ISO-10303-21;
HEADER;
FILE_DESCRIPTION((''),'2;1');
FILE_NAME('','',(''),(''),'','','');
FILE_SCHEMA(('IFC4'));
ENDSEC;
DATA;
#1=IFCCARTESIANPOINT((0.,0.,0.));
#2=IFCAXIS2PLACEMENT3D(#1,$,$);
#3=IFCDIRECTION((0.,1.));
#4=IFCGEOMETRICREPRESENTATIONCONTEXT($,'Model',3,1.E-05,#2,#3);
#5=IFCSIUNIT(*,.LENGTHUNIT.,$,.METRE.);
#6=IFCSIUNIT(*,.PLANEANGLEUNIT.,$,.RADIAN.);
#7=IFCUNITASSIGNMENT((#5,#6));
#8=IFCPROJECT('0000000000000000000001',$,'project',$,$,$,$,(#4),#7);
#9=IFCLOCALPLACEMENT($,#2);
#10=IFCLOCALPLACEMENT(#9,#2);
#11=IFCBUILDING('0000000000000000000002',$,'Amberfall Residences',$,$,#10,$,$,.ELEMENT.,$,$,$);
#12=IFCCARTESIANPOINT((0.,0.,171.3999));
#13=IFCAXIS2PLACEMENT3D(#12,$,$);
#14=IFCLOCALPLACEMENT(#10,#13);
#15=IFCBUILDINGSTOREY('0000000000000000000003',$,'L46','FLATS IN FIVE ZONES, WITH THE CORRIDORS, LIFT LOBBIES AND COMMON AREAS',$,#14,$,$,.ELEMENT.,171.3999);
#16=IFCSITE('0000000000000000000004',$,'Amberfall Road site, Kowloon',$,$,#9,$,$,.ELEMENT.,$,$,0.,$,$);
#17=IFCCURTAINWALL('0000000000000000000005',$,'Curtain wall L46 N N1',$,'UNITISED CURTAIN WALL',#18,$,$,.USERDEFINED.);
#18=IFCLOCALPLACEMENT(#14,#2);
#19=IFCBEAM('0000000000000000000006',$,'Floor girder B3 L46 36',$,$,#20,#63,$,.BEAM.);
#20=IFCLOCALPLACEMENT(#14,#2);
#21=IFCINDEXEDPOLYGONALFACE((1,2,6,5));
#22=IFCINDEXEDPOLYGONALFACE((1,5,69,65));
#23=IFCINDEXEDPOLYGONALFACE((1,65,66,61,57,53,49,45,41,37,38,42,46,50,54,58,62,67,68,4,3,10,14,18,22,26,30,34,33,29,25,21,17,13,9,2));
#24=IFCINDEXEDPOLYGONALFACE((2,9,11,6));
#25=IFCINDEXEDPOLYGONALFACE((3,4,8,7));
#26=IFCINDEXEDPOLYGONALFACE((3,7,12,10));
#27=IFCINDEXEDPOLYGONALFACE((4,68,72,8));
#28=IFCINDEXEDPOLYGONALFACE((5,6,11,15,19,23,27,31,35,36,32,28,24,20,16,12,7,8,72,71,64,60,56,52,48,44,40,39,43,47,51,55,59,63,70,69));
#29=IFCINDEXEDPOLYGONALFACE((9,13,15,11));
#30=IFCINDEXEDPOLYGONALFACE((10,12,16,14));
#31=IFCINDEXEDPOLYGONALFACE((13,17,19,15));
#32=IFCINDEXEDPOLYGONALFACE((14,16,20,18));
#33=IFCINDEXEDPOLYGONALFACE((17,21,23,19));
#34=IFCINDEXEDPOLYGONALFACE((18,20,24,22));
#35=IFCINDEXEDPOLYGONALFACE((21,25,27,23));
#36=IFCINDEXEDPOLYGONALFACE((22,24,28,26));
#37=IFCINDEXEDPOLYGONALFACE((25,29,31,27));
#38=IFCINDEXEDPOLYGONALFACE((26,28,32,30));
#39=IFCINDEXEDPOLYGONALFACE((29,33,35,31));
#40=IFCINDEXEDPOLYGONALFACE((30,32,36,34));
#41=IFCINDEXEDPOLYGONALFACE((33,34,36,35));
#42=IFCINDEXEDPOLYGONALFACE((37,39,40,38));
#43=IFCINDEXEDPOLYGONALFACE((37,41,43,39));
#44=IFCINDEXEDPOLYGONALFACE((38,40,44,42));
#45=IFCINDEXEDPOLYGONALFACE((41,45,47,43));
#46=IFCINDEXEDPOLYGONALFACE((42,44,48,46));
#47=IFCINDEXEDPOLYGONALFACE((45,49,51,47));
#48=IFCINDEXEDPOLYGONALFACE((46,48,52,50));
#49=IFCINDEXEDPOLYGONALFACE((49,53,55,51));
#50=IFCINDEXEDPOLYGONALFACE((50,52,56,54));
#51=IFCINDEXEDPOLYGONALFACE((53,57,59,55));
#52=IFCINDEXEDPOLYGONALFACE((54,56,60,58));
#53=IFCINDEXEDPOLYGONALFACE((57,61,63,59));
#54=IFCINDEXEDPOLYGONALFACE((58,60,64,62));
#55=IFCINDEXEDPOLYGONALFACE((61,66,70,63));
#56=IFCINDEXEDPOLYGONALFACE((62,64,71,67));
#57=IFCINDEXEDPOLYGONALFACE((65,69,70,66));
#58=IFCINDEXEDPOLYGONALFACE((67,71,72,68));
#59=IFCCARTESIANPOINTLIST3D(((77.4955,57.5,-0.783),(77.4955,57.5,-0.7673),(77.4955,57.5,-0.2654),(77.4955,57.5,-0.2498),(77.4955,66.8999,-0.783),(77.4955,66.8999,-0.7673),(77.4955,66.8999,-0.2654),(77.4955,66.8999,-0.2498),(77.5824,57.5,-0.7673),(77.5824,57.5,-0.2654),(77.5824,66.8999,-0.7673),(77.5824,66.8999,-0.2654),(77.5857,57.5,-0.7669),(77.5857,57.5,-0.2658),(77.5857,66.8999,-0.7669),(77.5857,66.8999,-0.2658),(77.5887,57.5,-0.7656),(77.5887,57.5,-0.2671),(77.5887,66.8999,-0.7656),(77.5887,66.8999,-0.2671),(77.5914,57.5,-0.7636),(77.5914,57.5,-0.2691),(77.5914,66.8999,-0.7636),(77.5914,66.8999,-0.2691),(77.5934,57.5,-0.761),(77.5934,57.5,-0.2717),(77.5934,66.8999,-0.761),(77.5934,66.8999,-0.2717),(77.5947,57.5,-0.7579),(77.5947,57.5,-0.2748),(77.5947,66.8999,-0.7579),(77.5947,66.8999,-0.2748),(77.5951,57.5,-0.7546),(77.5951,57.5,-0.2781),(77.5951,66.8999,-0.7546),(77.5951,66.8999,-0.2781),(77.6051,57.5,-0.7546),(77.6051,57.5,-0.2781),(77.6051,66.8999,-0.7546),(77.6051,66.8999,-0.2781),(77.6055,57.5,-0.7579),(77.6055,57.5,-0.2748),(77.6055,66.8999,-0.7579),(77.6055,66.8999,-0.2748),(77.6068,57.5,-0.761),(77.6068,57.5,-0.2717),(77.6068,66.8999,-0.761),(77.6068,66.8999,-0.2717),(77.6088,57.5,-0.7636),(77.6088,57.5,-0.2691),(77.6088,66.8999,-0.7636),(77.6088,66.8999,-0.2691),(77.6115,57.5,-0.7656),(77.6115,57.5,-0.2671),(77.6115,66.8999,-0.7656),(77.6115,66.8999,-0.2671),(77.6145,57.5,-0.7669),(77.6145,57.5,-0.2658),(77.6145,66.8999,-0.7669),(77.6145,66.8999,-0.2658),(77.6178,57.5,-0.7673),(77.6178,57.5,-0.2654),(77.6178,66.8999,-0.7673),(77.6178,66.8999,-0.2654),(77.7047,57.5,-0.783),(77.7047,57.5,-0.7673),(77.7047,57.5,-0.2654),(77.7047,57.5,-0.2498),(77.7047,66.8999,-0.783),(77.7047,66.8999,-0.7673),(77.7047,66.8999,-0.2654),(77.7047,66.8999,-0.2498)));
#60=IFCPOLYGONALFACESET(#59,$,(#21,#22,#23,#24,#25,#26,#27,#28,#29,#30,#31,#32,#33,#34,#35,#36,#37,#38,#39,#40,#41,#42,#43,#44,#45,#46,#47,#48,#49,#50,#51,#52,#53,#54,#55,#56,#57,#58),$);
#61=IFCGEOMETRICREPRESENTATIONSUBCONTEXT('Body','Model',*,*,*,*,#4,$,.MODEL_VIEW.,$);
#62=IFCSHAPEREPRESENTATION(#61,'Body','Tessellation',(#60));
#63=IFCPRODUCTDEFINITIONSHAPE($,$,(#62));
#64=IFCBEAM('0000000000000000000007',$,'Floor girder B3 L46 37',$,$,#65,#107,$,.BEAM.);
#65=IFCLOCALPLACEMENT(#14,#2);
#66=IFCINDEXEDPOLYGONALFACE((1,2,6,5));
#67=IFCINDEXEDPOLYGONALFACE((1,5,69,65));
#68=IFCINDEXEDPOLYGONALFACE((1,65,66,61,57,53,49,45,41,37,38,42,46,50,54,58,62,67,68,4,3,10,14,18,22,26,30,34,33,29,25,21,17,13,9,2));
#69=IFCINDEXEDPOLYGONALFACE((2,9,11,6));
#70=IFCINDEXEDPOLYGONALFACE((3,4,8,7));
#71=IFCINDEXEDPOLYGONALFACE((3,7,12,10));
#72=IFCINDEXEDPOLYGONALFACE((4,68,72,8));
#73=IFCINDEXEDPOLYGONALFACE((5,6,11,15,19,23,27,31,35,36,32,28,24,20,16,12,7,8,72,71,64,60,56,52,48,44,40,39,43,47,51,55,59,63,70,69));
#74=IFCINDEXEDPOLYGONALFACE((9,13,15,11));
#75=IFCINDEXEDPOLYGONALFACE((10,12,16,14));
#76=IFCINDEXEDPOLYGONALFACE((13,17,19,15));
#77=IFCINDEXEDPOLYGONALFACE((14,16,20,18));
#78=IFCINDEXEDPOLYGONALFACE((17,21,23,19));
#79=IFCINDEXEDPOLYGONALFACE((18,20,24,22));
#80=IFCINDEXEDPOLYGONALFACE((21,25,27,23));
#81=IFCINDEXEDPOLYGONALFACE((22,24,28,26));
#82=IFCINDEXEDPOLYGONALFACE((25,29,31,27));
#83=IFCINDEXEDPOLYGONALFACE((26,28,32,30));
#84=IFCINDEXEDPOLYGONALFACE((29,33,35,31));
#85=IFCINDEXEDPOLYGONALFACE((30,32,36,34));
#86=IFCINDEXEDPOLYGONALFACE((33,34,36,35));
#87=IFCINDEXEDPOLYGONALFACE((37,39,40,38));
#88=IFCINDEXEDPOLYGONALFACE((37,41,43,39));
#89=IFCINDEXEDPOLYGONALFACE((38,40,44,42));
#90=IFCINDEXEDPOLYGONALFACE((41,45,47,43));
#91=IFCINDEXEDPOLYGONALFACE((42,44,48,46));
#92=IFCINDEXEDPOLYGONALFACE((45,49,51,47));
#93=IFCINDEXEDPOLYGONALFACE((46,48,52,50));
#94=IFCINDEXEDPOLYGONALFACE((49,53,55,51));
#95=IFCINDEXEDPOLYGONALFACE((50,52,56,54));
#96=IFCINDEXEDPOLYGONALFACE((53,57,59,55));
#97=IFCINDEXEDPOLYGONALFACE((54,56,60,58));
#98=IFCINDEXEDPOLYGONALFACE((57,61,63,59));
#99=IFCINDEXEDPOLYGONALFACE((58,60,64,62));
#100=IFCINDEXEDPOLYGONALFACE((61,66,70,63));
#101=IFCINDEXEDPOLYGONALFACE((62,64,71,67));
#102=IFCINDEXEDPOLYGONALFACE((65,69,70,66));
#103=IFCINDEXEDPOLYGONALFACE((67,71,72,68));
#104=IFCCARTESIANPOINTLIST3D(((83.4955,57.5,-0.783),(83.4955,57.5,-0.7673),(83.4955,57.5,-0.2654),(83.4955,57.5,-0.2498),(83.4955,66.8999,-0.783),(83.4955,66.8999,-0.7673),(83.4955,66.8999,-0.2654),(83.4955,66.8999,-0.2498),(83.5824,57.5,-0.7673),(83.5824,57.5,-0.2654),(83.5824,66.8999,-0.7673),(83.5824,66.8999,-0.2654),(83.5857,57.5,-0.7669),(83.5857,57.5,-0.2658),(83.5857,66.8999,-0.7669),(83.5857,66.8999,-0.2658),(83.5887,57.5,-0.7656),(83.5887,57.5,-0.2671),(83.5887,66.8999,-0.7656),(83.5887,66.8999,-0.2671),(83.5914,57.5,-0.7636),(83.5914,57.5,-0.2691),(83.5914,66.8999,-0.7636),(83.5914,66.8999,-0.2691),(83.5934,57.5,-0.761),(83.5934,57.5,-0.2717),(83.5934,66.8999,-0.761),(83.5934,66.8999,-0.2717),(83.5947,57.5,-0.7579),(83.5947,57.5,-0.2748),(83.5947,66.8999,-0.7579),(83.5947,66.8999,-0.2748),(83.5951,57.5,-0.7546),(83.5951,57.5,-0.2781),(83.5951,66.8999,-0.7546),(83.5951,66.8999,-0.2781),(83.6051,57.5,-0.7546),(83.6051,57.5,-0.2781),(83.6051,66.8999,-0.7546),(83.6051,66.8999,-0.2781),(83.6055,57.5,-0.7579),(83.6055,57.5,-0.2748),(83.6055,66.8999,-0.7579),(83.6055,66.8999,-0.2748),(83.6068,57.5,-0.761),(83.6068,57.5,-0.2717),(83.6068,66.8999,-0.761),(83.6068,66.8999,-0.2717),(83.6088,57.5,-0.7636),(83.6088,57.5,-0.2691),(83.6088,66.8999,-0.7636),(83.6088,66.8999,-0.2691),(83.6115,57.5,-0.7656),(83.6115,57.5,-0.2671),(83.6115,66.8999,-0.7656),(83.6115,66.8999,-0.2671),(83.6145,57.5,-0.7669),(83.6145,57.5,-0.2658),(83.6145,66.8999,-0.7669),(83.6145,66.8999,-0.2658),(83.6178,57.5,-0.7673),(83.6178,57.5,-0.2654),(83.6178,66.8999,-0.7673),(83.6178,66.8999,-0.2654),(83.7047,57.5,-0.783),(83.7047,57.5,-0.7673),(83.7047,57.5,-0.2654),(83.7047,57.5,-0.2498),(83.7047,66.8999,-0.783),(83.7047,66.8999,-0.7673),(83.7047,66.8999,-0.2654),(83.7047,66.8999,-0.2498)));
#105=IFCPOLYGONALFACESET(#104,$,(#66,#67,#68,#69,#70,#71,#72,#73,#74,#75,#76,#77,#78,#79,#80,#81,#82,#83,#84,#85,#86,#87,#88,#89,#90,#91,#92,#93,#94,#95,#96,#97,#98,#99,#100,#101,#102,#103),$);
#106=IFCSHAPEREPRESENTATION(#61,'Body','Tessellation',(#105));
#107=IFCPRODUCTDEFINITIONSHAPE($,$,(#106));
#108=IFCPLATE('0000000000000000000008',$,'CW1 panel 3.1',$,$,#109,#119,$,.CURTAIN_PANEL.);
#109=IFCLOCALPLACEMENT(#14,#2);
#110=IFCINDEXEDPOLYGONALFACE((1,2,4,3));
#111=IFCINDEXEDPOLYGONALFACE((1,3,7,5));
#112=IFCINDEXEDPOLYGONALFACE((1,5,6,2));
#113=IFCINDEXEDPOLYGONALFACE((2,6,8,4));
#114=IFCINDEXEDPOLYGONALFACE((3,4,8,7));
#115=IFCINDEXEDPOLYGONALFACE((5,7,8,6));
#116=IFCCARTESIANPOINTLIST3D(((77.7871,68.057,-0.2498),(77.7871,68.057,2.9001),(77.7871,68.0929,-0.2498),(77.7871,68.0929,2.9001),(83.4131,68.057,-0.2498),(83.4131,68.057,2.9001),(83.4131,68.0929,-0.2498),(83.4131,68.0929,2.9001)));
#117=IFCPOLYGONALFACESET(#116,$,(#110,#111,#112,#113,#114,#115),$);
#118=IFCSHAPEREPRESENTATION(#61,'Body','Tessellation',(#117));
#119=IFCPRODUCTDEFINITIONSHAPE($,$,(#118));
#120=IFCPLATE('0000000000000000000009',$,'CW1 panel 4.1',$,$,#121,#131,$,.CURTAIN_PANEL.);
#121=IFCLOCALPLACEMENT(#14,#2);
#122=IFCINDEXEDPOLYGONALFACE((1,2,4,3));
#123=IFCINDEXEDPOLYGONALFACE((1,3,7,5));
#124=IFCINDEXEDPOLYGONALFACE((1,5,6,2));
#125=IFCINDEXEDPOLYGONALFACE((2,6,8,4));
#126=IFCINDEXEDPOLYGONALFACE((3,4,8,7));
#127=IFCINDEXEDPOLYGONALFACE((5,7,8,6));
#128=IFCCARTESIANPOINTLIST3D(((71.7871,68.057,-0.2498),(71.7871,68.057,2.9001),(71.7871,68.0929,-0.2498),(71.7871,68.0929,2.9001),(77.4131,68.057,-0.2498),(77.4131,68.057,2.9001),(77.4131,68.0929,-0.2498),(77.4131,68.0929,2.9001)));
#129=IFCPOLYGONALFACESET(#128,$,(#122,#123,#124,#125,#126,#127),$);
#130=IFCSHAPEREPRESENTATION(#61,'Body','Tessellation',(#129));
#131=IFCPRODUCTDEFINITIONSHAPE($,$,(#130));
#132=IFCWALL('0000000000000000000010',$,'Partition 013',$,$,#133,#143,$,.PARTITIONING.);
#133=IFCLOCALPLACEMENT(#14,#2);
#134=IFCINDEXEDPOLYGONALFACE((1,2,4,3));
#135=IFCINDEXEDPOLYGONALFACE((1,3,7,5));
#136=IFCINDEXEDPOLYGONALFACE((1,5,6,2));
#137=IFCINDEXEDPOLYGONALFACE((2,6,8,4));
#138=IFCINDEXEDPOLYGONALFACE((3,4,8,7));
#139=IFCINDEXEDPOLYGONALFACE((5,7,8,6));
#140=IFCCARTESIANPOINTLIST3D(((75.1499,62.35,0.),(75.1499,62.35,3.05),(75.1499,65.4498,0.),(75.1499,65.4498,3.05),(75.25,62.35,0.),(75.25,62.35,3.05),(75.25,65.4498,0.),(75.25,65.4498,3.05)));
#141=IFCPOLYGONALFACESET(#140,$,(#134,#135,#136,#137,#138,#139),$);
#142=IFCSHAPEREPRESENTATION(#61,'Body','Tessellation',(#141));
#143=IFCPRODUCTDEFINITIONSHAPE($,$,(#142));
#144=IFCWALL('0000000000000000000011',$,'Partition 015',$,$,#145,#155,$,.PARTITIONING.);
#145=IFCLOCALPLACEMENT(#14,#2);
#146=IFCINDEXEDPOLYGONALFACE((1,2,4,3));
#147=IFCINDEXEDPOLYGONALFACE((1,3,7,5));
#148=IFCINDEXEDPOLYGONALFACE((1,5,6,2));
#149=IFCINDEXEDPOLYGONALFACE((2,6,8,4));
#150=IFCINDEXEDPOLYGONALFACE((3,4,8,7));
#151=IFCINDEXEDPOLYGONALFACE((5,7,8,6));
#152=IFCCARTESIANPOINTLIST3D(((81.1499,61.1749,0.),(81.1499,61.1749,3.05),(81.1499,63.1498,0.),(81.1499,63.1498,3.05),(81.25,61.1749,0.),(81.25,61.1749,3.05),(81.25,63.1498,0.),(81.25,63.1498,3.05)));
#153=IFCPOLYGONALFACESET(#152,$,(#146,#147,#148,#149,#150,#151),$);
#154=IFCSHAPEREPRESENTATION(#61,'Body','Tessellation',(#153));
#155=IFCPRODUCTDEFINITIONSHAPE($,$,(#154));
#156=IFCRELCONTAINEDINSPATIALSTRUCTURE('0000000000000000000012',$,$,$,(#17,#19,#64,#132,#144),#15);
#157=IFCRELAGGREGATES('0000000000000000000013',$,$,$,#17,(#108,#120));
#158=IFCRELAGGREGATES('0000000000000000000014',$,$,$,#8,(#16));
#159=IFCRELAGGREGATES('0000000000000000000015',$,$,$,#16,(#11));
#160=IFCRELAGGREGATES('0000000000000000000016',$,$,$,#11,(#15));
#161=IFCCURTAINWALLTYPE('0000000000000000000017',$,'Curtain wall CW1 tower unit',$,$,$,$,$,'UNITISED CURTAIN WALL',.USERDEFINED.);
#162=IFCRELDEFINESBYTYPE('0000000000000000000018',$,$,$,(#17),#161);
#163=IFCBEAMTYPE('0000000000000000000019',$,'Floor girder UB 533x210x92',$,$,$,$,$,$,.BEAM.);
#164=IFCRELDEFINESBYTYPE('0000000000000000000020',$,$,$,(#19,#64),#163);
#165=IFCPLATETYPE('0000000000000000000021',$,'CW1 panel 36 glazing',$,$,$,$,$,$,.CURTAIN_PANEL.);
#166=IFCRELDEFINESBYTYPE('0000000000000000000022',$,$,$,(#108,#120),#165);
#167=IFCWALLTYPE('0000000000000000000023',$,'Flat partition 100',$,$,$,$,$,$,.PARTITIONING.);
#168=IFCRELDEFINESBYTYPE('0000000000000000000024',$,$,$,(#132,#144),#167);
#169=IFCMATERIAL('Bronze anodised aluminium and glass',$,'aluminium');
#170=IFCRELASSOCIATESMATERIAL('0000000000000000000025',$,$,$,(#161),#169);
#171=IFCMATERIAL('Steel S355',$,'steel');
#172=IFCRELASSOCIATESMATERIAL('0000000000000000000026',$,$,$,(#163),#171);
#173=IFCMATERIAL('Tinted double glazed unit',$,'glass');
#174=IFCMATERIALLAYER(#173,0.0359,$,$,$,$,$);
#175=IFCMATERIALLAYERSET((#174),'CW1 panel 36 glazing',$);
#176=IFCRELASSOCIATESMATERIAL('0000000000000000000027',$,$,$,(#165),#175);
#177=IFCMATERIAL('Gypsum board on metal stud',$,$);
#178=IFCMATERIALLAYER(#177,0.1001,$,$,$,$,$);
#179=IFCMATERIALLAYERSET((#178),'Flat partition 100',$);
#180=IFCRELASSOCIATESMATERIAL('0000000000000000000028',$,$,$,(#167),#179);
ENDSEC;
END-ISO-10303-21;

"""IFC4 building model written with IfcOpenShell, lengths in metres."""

from ifc_helpers import new_model, si_unit, direction, frame, frame_2d, origin, origin_2d, place, context, subcontext, project, spatial, rectangle, i_section, extrude, material, layer, layer_set, material_profile, profile_set, type_object, element, aggregate, save


model = new_model("IFC4")

# Units and contexts
model_context = context("Model", 3, precision=1e-05, world=origin(), true_north=direction((0.0, 1.0)))
body_context = subcontext(model_context, "Body", "Model", "MODEL_VIEW")
ifc_project = project(units=[si_unit("LENGTHUNIT", "METRE"), si_unit("PLANEANGLEUNIT", "RADIAN")], contexts=[model_context])

# Site, building, storey
site_placement = place(None, origin())
site = spatial("IfcSite", under=ifc_project, at=site_placement, Name="Amberfall Road site, Kowloon", CompositionType="ELEMENT", RefElevation=0.0)
building_placement = place(site_placement, origin())
building = spatial("IfcBuilding", under=site, at=building_placement, Name="Amberfall Residences", CompositionType="ELEMENT")
storey_placement = place(building_placement, frame((0.0, 0.0, 171.3999)))
storey = spatial("IfcBuildingStorey", under=building, at=storey_placement, Name="L46", Description="FLATS IN FIVE ZONES, WITH THE CORRIDORS, LIFT LOBBIES AND COMMON AREAS", CompositionType="ELEMENT", Elevation=171.3999)

# Curtain wall
ifc_material_1 = material(Name="Bronze anodised aluminium and glass", Category="aluminium")
curtain_wall_type = type_object("IfcCurtainWallType", Name="Curtain wall CW1 tower unit", ElementType="UNITISED CURTAIN WALL", PredefinedType="USERDEFINED", material=ifc_material_1)
curtain_wall_placement = place(storey_placement, origin())
curtain_wall = element("IfcCurtainWall", 1, at=curtain_wall_placement, inside=storey, type_object=curtain_wall_type, Name="Curtain wall L46 N N1", ObjectType="UNITISED CURTAIN WALL", PredefinedType="USERDEFINED")

# Shared definitions
ifc_material_2 = material(Name="Steel S355", Category="steel")

# Beams
ifc_material_profile_1 = material_profile(ifc_material_2, i_section(OverallWidth=0.2092, OverallDepth=0.5332, WebThickness=0.01, FlangeThickness=0.0156, FilletRadius=0.0127, at=origin_2d()), Name="UB 533x210x92")
ifc_profile_set_1 = profile_set([ifc_material_profile_1], Name="Steel S355")
beam_type_1 = type_object("IfcBeamType", Name="Floor girder UB 533x210x92", PredefinedType="BEAM", material=ifc_profile_set_1)
for number, where, z_axis, x_axis, name in (
    (2, (77.6001, 66.8999, -0.5164), (0.0, -1.0, 0.0), (1.0, 0.0, 0.0), "Floor girder B3 L46 36"),
    (3, (83.6001, 66.8999, -0.5164), (0.0, -1.0, 0.0), (1.0, 0.0, 0.0), "Floor girder B3 L46 37"),
):
    element("IfcBeam", number, at=place(storey_placement, frame(where, z_axis=z_axis, x_axis=x_axis)), inside=storey, type_object=beam_type_1, Name=name, PredefinedType="BEAM", context=body_context, shape_type="SweptSolid", body=[
        extrude(i_section(OverallWidth=0.2092, OverallDepth=0.5332, WebThickness=0.01, FlangeThickness=0.0156, FilletRadius=0.0127, at=origin_2d()), origin(), (0.0, 0.0, 1.0), 9.3999),
    ])

# Plates
ifc_material_3 = material(Name="Tinted double glazed unit", Category="glass")
ifc_layer_1 = layer(ifc_material_3, 0.0359)
ifc_layer_set_1 = layer_set([ifc_layer_1], Name="CW1 panel 36 glazing")
plate_type = type_object("IfcPlateType", Name="CW1 panel 36 glazing", PredefinedType="CURTAIN_PANEL", material=ifc_layer_set_1)
plate_1_placement = place(storey_placement, frame((80.6001, 68.075, -0.2498), z_axis=(0.0, 0.0, 1.0), x_axis=(-1.0, 0.0, 0.0)))
plate_1 = element("IfcPlate", 4, at=plate_1_placement, type_object=plate_type, Name="CW1 panel 3.1", PredefinedType="CURTAIN_PANEL", context=body_context, shape_type="SweptSolid", body=[
    extrude(rectangle(XDim=5.626, YDim=0.0359, at=origin_2d()), origin(), (0.0, 0.0, 1.0), 3.1499),
])
plate_2_placement = place(storey_placement, frame((74.6001, 68.075, -0.2498), z_axis=(0.0, 0.0, 1.0), x_axis=(-1.0, 0.0, 0.0)))
plate_2 = element("IfcPlate", 5, at=plate_2_placement, type_object=plate_type, Name="CW1 panel 4.1", PredefinedType="CURTAIN_PANEL", context=body_context, shape_type="SweptSolid", body=[
    extrude(rectangle(XDim=5.626, YDim=0.0359, at=origin_2d()), origin(), (0.0, 0.0, 1.0), 3.1499),
])
aggregate(curtain_wall, [plate_1, plate_2])

# Walls
ifc_material_4 = material(Name="Gypsum board on metal stud")
ifc_layer_2 = layer(ifc_material_4, 0.1001)
ifc_layer_set_2 = layer_set([ifc_layer_2], Name="Flat partition 100")
wall_type_1 = type_object("IfcWallType", Name="Flat partition 100", PredefinedType="PARTITIONING", material=ifc_layer_set_2)
wall_1_placement = place(storey_placement, frame((75.2, 62.3501, 0.0), z_axis=(0.0, 0.0, 1.0), x_axis=(0.0, 1.0, 0.0)))
element("IfcWall", 6, at=wall_1_placement, inside=storey, type_object=wall_type_1, Name="Partition 013", PredefinedType="PARTITIONING", context=body_context, shape_type="SweptSolid", body=[
    extrude(rectangle(XDim=3.0999, YDim=0.1001, at=frame_2d((1.5498, 0.0))), origin(), (0.0, 0.0, 1.0), 3.05),
])
wall_2_placement = place(storey_placement, frame((81.2, 61.175, 0.0), z_axis=(0.0, 0.0, 1.0), x_axis=(0.0, 1.0, 0.0)))
element("IfcWall", 7, at=wall_2_placement, inside=storey, type_object=wall_type_1, Name="Partition 015", PredefinedType="PARTITIONING", context=body_context, shape_type="SweptSolid", body=[
    extrude(rectangle(XDim=1.9749, YDim=0.1001, at=frame_2d((0.9873, 0.0))), origin(), (0.0, 0.0, 1.0), 3.05),
])

save(model, "model.ifc")
